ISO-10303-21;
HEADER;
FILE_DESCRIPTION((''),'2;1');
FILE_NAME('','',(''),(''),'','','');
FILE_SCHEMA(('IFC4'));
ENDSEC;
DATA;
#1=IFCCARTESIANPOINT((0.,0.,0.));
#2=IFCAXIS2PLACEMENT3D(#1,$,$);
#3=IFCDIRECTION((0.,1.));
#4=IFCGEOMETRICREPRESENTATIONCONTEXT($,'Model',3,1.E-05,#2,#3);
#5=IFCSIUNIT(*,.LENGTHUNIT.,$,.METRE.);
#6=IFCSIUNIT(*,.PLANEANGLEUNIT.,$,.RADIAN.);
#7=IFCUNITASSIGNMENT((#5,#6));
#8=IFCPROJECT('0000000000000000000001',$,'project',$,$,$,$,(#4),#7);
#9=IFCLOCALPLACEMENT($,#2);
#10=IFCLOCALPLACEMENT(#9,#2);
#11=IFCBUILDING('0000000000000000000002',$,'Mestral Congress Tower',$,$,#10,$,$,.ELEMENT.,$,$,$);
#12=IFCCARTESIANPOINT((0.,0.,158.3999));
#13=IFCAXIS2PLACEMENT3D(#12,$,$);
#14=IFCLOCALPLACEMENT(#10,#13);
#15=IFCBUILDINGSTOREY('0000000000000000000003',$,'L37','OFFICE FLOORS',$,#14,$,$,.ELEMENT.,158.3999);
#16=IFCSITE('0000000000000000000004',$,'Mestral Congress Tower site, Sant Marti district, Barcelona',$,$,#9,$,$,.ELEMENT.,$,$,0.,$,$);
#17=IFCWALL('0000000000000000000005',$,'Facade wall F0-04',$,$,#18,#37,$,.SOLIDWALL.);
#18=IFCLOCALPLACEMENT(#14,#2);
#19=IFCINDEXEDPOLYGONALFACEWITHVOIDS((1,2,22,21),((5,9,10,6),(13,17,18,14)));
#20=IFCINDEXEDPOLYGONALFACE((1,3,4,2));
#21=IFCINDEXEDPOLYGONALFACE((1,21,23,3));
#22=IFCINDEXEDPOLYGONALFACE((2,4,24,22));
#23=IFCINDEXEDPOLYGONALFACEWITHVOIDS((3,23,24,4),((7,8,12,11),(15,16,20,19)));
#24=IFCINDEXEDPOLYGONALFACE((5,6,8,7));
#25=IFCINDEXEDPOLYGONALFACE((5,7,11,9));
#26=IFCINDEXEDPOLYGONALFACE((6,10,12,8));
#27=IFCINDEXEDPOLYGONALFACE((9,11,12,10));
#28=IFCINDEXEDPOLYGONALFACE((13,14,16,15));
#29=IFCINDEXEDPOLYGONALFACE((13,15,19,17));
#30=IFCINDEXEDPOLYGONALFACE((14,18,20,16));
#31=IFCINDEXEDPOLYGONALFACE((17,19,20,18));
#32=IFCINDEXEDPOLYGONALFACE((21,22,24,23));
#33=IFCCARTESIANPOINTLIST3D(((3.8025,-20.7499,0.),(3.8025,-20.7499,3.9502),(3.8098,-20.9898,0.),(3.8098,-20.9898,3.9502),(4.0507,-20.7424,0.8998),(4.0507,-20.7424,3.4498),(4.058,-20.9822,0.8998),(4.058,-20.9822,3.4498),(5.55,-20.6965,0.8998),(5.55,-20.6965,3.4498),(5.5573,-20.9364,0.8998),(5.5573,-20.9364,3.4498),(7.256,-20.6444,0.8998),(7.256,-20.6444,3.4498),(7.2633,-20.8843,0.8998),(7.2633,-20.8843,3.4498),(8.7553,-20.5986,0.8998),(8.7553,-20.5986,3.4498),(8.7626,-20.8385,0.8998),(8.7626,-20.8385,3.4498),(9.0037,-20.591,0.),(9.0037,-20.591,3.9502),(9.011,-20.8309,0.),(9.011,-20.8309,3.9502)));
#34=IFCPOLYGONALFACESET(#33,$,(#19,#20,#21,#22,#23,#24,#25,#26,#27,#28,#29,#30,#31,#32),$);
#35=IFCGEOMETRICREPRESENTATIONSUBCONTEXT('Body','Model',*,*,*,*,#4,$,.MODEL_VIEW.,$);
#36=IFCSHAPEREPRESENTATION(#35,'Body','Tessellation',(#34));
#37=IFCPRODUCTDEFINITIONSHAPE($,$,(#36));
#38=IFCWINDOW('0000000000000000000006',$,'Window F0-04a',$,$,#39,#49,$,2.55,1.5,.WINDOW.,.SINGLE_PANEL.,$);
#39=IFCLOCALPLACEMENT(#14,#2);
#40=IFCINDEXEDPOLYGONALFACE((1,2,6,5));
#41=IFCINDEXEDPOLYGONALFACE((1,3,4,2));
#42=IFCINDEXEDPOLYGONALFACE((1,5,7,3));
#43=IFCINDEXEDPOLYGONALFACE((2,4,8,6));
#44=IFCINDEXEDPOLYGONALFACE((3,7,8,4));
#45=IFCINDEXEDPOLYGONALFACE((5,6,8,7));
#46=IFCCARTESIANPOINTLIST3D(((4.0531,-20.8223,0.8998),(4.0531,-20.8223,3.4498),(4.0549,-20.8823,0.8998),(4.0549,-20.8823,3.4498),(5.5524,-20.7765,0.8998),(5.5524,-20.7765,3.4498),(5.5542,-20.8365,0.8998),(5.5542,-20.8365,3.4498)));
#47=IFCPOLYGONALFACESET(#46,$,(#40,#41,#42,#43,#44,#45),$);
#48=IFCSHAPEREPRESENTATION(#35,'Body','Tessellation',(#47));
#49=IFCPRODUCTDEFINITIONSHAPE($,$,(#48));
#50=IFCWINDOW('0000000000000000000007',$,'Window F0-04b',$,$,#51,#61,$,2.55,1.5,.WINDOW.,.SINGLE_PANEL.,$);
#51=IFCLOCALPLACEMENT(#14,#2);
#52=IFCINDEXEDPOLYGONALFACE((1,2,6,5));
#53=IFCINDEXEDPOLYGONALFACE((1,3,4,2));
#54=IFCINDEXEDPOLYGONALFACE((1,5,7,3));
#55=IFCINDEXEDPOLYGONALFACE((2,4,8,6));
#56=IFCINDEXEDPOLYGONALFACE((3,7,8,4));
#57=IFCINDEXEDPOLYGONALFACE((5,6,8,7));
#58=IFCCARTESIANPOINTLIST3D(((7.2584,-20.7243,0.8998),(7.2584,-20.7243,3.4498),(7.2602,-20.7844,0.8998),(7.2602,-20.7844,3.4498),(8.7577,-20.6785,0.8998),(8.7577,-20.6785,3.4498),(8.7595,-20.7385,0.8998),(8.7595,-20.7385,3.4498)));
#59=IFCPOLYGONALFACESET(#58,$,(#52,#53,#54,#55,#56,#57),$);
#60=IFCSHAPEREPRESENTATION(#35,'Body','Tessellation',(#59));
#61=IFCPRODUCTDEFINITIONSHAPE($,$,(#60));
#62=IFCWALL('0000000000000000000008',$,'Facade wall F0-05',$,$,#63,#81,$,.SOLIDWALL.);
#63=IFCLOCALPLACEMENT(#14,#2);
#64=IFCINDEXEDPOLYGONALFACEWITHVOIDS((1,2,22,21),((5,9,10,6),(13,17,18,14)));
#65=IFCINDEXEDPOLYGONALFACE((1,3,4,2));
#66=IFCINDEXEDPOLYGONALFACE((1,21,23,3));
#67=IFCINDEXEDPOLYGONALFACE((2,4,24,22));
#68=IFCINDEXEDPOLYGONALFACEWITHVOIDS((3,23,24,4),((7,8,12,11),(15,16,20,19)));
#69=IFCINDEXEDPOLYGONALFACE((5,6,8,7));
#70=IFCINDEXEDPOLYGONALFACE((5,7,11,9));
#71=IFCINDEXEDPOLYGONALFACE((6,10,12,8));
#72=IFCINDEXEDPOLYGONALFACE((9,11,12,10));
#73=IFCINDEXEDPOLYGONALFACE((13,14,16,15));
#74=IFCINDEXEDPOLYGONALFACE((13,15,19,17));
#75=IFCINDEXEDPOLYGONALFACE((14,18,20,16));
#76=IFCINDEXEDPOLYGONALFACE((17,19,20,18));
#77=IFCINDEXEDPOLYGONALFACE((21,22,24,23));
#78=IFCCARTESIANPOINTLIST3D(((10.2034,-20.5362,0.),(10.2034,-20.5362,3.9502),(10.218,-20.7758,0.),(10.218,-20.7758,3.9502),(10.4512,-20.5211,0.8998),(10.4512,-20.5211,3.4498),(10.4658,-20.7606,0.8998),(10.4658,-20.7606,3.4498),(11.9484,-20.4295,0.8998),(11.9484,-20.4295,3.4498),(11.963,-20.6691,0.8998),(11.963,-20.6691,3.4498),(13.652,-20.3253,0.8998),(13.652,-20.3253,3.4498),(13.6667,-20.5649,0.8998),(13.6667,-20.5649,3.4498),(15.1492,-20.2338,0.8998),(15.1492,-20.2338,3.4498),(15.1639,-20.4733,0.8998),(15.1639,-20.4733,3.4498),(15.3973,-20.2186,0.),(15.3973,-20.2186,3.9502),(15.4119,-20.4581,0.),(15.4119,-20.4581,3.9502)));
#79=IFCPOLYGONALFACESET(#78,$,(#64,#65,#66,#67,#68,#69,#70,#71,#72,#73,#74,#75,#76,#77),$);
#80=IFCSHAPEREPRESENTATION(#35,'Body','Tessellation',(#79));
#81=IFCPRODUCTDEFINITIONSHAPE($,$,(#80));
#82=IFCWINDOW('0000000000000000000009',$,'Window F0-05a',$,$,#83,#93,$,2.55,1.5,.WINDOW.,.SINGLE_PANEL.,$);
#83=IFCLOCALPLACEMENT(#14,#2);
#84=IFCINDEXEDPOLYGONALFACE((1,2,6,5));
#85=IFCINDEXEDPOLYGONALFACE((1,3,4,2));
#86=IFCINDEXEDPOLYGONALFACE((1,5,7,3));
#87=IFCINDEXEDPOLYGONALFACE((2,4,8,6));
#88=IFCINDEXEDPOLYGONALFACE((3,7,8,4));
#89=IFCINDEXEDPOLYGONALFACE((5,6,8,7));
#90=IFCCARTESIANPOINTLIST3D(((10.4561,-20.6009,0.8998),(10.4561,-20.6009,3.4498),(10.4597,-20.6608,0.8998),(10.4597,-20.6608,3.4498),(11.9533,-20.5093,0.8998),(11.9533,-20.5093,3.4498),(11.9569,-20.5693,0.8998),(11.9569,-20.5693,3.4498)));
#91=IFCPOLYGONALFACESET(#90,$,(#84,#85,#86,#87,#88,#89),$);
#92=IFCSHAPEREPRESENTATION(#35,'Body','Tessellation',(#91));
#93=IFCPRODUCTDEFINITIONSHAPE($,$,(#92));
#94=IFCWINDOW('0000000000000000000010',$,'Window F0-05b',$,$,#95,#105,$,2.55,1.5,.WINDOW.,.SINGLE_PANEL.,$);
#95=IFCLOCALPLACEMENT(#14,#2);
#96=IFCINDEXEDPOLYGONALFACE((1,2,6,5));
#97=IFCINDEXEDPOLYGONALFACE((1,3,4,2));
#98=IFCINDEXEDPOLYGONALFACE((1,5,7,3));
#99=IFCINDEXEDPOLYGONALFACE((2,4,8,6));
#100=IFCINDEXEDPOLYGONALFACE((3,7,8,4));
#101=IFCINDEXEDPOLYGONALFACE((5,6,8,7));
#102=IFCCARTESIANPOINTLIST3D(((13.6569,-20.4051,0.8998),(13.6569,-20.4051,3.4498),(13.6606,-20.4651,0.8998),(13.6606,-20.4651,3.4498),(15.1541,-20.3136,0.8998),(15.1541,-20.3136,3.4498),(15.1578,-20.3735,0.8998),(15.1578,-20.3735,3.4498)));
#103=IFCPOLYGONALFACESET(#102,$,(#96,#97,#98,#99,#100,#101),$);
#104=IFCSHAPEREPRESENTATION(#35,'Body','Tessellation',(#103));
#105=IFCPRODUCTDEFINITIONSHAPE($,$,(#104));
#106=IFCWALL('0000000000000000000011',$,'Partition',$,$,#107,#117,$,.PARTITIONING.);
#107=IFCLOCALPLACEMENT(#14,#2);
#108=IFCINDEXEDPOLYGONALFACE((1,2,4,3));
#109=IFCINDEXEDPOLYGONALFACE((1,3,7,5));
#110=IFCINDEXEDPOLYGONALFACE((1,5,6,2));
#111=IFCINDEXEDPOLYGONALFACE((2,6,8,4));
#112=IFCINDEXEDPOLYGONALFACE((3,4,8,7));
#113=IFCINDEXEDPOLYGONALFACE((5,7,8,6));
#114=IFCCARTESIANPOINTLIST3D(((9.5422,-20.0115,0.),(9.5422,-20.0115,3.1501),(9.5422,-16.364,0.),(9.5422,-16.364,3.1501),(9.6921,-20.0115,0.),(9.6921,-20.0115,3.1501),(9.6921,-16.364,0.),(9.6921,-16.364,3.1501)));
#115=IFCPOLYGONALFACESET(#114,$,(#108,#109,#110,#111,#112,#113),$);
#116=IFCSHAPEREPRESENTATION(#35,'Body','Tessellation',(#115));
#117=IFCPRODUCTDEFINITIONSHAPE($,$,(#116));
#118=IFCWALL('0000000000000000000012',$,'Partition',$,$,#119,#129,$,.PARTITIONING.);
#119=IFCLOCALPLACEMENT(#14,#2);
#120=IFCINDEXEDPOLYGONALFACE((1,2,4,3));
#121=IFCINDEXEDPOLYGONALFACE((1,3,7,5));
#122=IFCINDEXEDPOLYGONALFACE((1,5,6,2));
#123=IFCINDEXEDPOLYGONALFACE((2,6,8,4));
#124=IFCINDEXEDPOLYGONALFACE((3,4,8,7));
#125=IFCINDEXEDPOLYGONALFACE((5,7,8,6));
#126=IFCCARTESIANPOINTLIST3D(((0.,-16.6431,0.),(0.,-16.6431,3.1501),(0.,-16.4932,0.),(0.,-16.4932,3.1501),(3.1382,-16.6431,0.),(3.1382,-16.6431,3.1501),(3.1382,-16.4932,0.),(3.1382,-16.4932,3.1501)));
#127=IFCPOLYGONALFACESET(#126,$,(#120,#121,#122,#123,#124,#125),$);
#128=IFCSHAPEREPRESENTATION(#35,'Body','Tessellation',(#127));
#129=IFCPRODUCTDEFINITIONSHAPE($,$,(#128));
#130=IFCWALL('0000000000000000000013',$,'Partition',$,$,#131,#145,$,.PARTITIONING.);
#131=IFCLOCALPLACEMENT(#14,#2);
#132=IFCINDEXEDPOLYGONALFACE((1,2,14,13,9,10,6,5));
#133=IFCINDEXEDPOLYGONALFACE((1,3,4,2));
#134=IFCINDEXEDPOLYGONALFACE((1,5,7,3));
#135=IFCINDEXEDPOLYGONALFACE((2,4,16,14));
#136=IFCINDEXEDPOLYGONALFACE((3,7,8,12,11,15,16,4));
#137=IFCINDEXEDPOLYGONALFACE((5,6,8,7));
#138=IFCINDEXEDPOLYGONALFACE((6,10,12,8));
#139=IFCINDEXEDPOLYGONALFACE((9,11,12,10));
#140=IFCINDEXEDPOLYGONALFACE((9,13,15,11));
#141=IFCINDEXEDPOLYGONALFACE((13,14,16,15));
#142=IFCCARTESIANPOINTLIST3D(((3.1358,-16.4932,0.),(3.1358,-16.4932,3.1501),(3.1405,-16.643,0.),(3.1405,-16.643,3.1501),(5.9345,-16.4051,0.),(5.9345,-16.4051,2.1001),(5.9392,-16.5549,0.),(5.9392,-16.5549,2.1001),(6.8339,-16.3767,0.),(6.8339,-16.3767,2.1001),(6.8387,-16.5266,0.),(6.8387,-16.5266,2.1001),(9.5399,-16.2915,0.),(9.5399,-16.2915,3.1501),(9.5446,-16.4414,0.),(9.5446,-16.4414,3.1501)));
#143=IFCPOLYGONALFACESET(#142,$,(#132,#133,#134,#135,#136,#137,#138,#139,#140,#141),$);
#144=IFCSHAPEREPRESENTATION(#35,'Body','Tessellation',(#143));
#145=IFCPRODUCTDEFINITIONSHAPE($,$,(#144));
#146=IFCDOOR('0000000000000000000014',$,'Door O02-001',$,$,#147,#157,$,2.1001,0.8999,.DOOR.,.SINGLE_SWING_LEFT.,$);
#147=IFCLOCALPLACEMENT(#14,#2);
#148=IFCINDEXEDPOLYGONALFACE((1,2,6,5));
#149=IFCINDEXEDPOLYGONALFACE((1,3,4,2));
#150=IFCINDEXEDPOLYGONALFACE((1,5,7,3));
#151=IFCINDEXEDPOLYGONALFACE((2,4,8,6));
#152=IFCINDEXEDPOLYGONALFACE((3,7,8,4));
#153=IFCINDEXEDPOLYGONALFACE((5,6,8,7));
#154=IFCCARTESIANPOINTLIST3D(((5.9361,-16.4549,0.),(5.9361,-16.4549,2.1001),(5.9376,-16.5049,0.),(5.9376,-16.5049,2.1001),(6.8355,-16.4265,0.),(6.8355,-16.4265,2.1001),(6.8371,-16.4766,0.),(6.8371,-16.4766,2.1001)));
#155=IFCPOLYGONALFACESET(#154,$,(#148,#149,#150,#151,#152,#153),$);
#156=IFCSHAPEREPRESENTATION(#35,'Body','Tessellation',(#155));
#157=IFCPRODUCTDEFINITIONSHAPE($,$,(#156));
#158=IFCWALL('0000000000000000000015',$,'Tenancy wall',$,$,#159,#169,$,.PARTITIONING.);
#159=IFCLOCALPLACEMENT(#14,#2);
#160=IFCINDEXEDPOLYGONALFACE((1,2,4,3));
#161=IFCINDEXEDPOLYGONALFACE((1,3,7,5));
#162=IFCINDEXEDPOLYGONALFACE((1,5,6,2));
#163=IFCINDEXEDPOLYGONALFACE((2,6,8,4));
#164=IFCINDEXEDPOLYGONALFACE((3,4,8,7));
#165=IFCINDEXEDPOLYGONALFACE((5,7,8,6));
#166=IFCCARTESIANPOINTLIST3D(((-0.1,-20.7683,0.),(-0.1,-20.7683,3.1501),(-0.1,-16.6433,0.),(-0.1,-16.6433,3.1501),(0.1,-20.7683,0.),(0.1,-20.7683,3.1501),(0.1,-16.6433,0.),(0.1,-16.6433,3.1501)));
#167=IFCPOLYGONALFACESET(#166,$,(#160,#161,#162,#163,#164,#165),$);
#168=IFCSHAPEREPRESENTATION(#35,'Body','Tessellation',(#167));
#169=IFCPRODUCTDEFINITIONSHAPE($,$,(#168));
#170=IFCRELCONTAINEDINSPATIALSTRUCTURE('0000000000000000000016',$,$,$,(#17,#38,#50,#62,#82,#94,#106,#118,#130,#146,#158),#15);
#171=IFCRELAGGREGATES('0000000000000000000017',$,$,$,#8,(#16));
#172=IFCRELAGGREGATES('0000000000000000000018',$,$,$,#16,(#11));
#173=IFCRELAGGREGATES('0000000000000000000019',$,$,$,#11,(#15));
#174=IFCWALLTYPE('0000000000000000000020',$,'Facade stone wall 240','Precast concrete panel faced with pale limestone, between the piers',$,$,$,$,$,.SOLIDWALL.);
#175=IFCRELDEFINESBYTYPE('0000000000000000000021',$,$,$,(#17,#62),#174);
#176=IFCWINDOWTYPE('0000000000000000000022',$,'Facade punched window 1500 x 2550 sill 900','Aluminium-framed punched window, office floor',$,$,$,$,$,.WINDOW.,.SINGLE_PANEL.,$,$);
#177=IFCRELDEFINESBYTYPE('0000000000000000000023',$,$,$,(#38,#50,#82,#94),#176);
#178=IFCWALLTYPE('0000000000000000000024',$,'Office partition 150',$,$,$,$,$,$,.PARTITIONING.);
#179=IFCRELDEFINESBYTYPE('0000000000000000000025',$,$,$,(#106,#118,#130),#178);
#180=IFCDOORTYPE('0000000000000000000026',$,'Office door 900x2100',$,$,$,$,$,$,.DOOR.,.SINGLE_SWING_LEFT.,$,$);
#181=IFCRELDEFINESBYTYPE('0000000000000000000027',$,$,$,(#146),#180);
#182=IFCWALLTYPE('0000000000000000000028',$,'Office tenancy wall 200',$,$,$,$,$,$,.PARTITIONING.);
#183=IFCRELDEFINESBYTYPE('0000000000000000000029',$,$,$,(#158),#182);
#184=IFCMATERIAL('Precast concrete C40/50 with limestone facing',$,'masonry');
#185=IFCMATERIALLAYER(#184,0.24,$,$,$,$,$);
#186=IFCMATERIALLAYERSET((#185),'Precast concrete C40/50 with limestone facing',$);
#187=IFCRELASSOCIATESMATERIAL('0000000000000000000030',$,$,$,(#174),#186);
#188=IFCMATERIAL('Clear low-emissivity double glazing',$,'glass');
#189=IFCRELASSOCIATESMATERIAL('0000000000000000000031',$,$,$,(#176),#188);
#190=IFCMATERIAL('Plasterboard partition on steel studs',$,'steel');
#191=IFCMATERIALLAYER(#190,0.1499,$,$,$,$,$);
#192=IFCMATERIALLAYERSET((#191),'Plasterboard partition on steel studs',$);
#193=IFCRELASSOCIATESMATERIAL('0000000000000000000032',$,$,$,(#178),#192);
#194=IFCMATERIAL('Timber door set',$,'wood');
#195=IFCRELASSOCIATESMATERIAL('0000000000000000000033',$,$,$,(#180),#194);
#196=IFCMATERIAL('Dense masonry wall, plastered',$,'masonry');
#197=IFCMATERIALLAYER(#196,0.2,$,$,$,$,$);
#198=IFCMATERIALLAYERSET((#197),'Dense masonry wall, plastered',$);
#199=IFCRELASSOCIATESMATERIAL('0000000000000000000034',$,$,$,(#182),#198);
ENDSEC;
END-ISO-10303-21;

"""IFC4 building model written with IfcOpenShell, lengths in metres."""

from ifc_helpers import new_model, si_unit, direction, frame, frame_2d, origin, place, context, subcontext, project, spatial, rectangle, extrude, material, layer, layer_set, type_object, element, fill, save


model = new_model("IFC4")

# Units and contexts
model_context = context("Model", 3, precision=1e-05, world=origin(), true_north=direction((0.0, 1.0)))
body_context = subcontext(model_context, "Body", "Model", "MODEL_VIEW")
ifc_project = project(units=[si_unit("LENGTHUNIT", "METRE"), si_unit("PLANEANGLEUNIT", "RADIAN")], contexts=[model_context])

# Site, building, storey
site_placement = place(None, origin())
site = spatial("IfcSite", under=ifc_project, at=site_placement, Name="Mestral Congress Tower site, Sant Marti district, Barcelona", CompositionType="ELEMENT", RefElevation=0.0)
building_placement = place(site_placement, origin())
building = spatial("IfcBuilding", under=site, at=building_placement, Name="Mestral Congress Tower", CompositionType="ELEMENT")
storey_placement = place(building_placement, frame((0.0, 0.0, 158.3999)))
storey = spatial("IfcBuildingStorey", under=building, at=storey_placement, Name="L37", Description="OFFICE FLOORS", CompositionType="ELEMENT", Elevation=158.3999)

# Walls, openings, windows
ifc_material_1 = material(Name="Precast concrete C40/50 with limestone facing", Category="masonry")
ifc_layer_1 = layer(ifc_material_1, 0.24)
ifc_layer_set_1 = layer_set([ifc_layer_1], Name="Precast concrete C40/50 with limestone facing")
wall_type_1 = type_object("IfcWallType", Name="Facade stone wall 240", Description="Precast concrete panel faced with pale limestone, between the piers", PredefinedType="SOLIDWALL", material=ifc_layer_set_1)
wall_1_placement = place(storey_placement, frame((3.8062, -20.8699, 0.0), z_axis=(0.0, 0.0, 1.0), x_axis=(0.999533, 0.030543, 0.0)))
wall_1 = element("IfcWall", 1, at=wall_1_placement, inside=storey, type_object=wall_type_1, Name="Facade wall F0-04", PredefinedType="SOLIDWALL", context=body_context, shape_type="SweptSolid", body=[
    extrude(rectangle(XDim=5.2036, YDim=0.24, at=frame_2d((2.6018, 0.0))), origin(), (0.0, 0.0, 1.0), 3.9502),
])
opening_1_placement = place(wall_1_placement, frame((0.2483, 0.0, 0.8999)))
opening_1 = element("IfcOpeningElement", 2, at=opening_1_placement, cuts=wall_1, PredefinedType="OPENING", context=body_context, shape_type="SweptSolid", body=[
    extrude(rectangle(XDim=1.5, YDim=2.55, at=frame_2d((0.75, 1.2749))), frame((0.0, 0.1299, 0.0), z_axis=(0.0, -1.0, 0.0), x_axis=(1.0, 0.0, 0.0)), (0.0, 0.0, 1.0), 0.26),
])
opening_2_placement = place(wall_1_placement, frame((3.4551, 0.0, 0.8999)))
opening_2 = element("IfcOpeningElement", 3, at=opening_2_placement, cuts=wall_1, PredefinedType="OPENING", context=body_context, shape_type="SweptSolid", body=[
    extrude(rectangle(XDim=1.5, YDim=2.55, at=frame_2d((0.75, 1.2749))), frame((0.0, 0.1299, 0.0), z_axis=(0.0, -1.0, 0.0), x_axis=(1.0, 0.0, 0.0)), (0.0, 0.0, 1.0), 0.26),
])
ifc_material_2 = material(Name="Clear low-emissivity double glazing", Category="glass")
window_type = type_object("IfcWindowType", Name="Facade punched window 1500 x 2550 sill 900", Description="Aluminium-framed punched window, office floor", PartitioningType="SINGLE_PANEL", PredefinedType="WINDOW", material=ifc_material_2)
window_1_placement = place(opening_1_placement, origin())
window_1 = element("IfcWindow", 4, at=window_1_placement, inside=storey, type_object=window_type, Name="Window F0-04a", OverallHeight=2.55, OverallWidth=1.5, PartitioningType="SINGLE_PANEL", PredefinedType="WINDOW", context=body_context, shape_type="SweptSolid", body=[
    extrude(rectangle(XDim=1.5, YDim=2.55, at=frame_2d((0.75, 1.2749))), frame((0.0, 0.04, 0.0), z_axis=(0.0, -1.0, 0.0), x_axis=(1.0, 0.0, 0.0)), (0.0, 0.0, 1.0), 0.0601),
])
fill(opening_1, window_1)
window_2_placement = place(opening_2_placement, origin())
window_2 = element("IfcWindow", 5, at=window_2_placement, inside=storey, type_object=window_type, Name="Window F0-04b", OverallHeight=2.55, OverallWidth=1.5, PartitioningType="SINGLE_PANEL", PredefinedType="WINDOW", context=body_context, shape_type="SweptSolid", body=[
    extrude(rectangle(XDim=1.5, YDim=2.55, at=frame_2d((0.75, 1.2749))), frame((0.0, 0.04, 0.0), z_axis=(0.0, -1.0, 0.0), x_axis=(1.0, 0.0, 0.0)), (0.0, 0.0, 1.0), 0.0601),
])
fill(opening_2, window_2)
wall_2_placement = place(storey_placement, frame((10.2107, -20.656, 0.0), z_axis=(0.0, 0.0, 1.0), x_axis=(0.998135, 0.06104, 0.0)))
wall_2 = element("IfcWall", 6, at=wall_2_placement, inside=storey, type_object=wall_type_1, Name="Facade wall F0-05", PredefinedType="SOLIDWALL", context=body_context, shape_type="SweptSolid", body=[
    extrude(rectangle(XDim=5.2036, YDim=0.24, at=frame_2d((2.6018, 0.0))), origin(), (0.0, 0.0, 1.0), 3.9502),
])
opening_3_placement = place(wall_2_placement, frame((0.2483, 0.0, 0.8999)))
opening_3 = element("IfcOpeningElement", 7, at=opening_3_placement, cuts=wall_2, PredefinedType="OPENING", context=body_context, shape_type="SweptSolid", body=[
    extrude(rectangle(XDim=1.5, YDim=2.55, at=frame_2d((0.75, 1.2749))), frame((0.0, 0.1299, 0.0), z_axis=(0.0, -1.0, 0.0), x_axis=(1.0, 0.0, 0.0)), (0.0, 0.0, 1.0), 0.26),
])
opening_4_placement = place(wall_2_placement, frame((3.4551, 0.0, 0.8999)))
opening_4 = element("IfcOpeningElement", 8, at=opening_4_placement, cuts=wall_2, PredefinedType="OPENING", context=body_context, shape_type="SweptSolid", body=[
    extrude(rectangle(XDim=1.5, YDim=2.55, at=frame_2d((0.75, 1.2749))), frame((0.0, 0.1299, 0.0), z_axis=(0.0, -1.0, 0.0), x_axis=(1.0, 0.0, 0.0)), (0.0, 0.0, 1.0), 0.26),
])
window_3_placement = place(opening_3_placement, origin())
window_3 = element("IfcWindow", 9, at=window_3_placement, inside=storey, type_object=window_type, Name="Window F0-05a", OverallHeight=2.55, OverallWidth=1.5, PartitioningType="SINGLE_PANEL", PredefinedType="WINDOW", context=body_context, shape_type="SweptSolid", body=[
    extrude(rectangle(XDim=1.5, YDim=2.55, at=frame_2d((0.75, 1.2749))), frame((0.0, 0.04, 0.0), z_axis=(0.0, -1.0, 0.0), x_axis=(1.0, 0.0, 0.0)), (0.0, 0.0, 1.0), 0.0601),
])
fill(opening_3, window_3)
window_4_placement = place(opening_4_placement, origin())
window_4 = element("IfcWindow", 10, at=window_4_placement, inside=storey, type_object=window_type, Name="Window F0-05b", OverallHeight=2.55, OverallWidth=1.5, PartitioningType="SINGLE_PANEL", PredefinedType="WINDOW", context=body_context, shape_type="SweptSolid", body=[
    extrude(rectangle(XDim=1.5, YDim=2.55, at=frame_2d((0.75, 1.2749))), frame((0.0, 0.04, 0.0), z_axis=(0.0, -1.0, 0.0), x_axis=(1.0, 0.0, 0.0)), (0.0, 0.0, 1.0), 0.0601),
])
fill(opening_4, window_4)

# Walls
ifc_material_3 = material(Name="Plasterboard partition on steel studs", Category="steel")
ifc_layer_2 = layer(ifc_material_3, 0.1499)
ifc_layer_set_2 = layer_set([ifc_layer_2], Name="Plasterboard partition on steel studs")
wall_type_2 = type_object("IfcWallType", Name="Office partition 150", PredefinedType="PARTITIONING", material=ifc_layer_set_2)
wall_3_placement = place(storey_placement, frame((9.6172, -16.364, 0.0), z_axis=(0.0, 0.0, 1.0), x_axis=(0.0, -1.0, 0.0)))
element("IfcWall", 11, at=wall_3_placement, inside=storey, type_object=wall_type_2, Name="Partition", PredefinedType="PARTITIONING", context=body_context, shape_type="SweptSolid", body=[
    extrude(rectangle(XDim=3.6475, YDim=0.1499, at=frame_2d((1.8237, 0.0))), origin(), (0.0, 0.0, 1.0), 3.1501),
])
wall_4_placement = place(storey_placement, frame((0.0, -16.5681, 0.0), z_axis=(0.0, 0.0, 1.0), x_axis=(1.0, 0.0, 0.0)))
element("IfcWall", 12, at=wall_4_placement, inside=storey, type_object=wall_type_2, Name="Partition", PredefinedType="PARTITIONING", context=body_context, shape_type="SweptSolid", body=[
    extrude(rectangle(XDim=3.1382, YDim=0.1499, at=frame_2d((1.5691, 0.0))), origin(), (0.0, 0.0, 1.0), 3.1501),
])

# Wall, opening, door
wall_5_placement = place(storey_placement, frame((9.5422, -16.3665, 0.0), z_axis=(0.0, 0.0, 1.0), x_axis=(-0.999505, -0.031474, 0.0)))
wall_5 = element("IfcWall", 13, at=wall_5_placement, inside=storey, type_object=wall_type_2, Name="Partition", PredefinedType="PARTITIONING", context=body_context, shape_type="SweptSolid", body=[
    extrude(rectangle(XDim=6.4072, YDim=0.1499, at=frame_2d((3.2036, 0.0))), origin(), (0.0, 0.0, 1.0), 3.1501),
])
opening_5_placement = place(wall_5_placement, frame((2.7073, 0.0, 0.0)))
opening_5 = element("IfcOpeningElement", 14, at=opening_5_placement, cuts=wall_5, PredefinedType="OPENING", context=body_context, shape_type="SweptSolid", body=[
    extrude(rectangle(XDim=0.8999, YDim=2.1001, at=frame_2d((0.45, 1.05))), frame((0.0, 0.085, 0.0), z_axis=(0.0, -1.0, 0.0), x_axis=(1.0, 0.0, 0.0)), (0.0, 0.0, 1.0), 0.1699),
])
ifc_material_4 = material(Name="Timber door set", Category="wood")
door_type_1 = type_object("IfcDoorType", Name="Office door 900x2100", OperationType="SINGLE_SWING_LEFT", PredefinedType="DOOR", material=ifc_material_4)
door_1_placement = place(opening_5_placement, origin())
door_1 = element("IfcDoor", 15, at=door_1_placement, inside=storey, type_object=door_type_1, Name="Door O02-001", OperationType="SINGLE_SWING_LEFT", OverallHeight=2.1001, OverallWidth=0.8999, PredefinedType="DOOR", context=body_context, shape_type="SweptSolid", body=[
    extrude(rectangle(XDim=0.8999, YDim=2.1001, at=frame_2d((0.45, 1.05))), frame((0.0, 0.0249, 0.0), z_axis=(0.0, -1.0, 0.0), x_axis=(1.0, 0.0, 0.0)), (0.0, 0.0, 1.0), 0.05),
])
fill(opening_5, door_1)

# Wall
ifc_material_5 = material(Name="Dense masonry wall, plastered", Category="masonry")
ifc_layer_3 = layer(ifc_material_5, 0.2)
ifc_layer_set_3 = layer_set([ifc_layer_3], Name="Dense masonry wall, plastered")
wall_type_3 = type_object("IfcWallType", Name="Office tenancy wall 200", PredefinedType="PARTITIONING", material=ifc_layer_set_3)
wall_6_placement = place(storey_placement, frame((0.0, -20.7683, 0.0), z_axis=(0.0, 0.0, 1.0), x_axis=(0.0, 1.0, 0.0)))
element("IfcWall", 16, at=wall_6_placement, inside=storey, type_object=wall_type_3, Name="Tenancy wall", PredefinedType="PARTITIONING", context=body_context, shape_type="SweptSolid", body=[
    extrude(rectangle(XDim=4.125, YDim=0.2, at=frame_2d((2.0625, 0.0))), origin(), (0.0, 0.0, 1.0), 3.1501),
])

save(model, "model.ifc")
